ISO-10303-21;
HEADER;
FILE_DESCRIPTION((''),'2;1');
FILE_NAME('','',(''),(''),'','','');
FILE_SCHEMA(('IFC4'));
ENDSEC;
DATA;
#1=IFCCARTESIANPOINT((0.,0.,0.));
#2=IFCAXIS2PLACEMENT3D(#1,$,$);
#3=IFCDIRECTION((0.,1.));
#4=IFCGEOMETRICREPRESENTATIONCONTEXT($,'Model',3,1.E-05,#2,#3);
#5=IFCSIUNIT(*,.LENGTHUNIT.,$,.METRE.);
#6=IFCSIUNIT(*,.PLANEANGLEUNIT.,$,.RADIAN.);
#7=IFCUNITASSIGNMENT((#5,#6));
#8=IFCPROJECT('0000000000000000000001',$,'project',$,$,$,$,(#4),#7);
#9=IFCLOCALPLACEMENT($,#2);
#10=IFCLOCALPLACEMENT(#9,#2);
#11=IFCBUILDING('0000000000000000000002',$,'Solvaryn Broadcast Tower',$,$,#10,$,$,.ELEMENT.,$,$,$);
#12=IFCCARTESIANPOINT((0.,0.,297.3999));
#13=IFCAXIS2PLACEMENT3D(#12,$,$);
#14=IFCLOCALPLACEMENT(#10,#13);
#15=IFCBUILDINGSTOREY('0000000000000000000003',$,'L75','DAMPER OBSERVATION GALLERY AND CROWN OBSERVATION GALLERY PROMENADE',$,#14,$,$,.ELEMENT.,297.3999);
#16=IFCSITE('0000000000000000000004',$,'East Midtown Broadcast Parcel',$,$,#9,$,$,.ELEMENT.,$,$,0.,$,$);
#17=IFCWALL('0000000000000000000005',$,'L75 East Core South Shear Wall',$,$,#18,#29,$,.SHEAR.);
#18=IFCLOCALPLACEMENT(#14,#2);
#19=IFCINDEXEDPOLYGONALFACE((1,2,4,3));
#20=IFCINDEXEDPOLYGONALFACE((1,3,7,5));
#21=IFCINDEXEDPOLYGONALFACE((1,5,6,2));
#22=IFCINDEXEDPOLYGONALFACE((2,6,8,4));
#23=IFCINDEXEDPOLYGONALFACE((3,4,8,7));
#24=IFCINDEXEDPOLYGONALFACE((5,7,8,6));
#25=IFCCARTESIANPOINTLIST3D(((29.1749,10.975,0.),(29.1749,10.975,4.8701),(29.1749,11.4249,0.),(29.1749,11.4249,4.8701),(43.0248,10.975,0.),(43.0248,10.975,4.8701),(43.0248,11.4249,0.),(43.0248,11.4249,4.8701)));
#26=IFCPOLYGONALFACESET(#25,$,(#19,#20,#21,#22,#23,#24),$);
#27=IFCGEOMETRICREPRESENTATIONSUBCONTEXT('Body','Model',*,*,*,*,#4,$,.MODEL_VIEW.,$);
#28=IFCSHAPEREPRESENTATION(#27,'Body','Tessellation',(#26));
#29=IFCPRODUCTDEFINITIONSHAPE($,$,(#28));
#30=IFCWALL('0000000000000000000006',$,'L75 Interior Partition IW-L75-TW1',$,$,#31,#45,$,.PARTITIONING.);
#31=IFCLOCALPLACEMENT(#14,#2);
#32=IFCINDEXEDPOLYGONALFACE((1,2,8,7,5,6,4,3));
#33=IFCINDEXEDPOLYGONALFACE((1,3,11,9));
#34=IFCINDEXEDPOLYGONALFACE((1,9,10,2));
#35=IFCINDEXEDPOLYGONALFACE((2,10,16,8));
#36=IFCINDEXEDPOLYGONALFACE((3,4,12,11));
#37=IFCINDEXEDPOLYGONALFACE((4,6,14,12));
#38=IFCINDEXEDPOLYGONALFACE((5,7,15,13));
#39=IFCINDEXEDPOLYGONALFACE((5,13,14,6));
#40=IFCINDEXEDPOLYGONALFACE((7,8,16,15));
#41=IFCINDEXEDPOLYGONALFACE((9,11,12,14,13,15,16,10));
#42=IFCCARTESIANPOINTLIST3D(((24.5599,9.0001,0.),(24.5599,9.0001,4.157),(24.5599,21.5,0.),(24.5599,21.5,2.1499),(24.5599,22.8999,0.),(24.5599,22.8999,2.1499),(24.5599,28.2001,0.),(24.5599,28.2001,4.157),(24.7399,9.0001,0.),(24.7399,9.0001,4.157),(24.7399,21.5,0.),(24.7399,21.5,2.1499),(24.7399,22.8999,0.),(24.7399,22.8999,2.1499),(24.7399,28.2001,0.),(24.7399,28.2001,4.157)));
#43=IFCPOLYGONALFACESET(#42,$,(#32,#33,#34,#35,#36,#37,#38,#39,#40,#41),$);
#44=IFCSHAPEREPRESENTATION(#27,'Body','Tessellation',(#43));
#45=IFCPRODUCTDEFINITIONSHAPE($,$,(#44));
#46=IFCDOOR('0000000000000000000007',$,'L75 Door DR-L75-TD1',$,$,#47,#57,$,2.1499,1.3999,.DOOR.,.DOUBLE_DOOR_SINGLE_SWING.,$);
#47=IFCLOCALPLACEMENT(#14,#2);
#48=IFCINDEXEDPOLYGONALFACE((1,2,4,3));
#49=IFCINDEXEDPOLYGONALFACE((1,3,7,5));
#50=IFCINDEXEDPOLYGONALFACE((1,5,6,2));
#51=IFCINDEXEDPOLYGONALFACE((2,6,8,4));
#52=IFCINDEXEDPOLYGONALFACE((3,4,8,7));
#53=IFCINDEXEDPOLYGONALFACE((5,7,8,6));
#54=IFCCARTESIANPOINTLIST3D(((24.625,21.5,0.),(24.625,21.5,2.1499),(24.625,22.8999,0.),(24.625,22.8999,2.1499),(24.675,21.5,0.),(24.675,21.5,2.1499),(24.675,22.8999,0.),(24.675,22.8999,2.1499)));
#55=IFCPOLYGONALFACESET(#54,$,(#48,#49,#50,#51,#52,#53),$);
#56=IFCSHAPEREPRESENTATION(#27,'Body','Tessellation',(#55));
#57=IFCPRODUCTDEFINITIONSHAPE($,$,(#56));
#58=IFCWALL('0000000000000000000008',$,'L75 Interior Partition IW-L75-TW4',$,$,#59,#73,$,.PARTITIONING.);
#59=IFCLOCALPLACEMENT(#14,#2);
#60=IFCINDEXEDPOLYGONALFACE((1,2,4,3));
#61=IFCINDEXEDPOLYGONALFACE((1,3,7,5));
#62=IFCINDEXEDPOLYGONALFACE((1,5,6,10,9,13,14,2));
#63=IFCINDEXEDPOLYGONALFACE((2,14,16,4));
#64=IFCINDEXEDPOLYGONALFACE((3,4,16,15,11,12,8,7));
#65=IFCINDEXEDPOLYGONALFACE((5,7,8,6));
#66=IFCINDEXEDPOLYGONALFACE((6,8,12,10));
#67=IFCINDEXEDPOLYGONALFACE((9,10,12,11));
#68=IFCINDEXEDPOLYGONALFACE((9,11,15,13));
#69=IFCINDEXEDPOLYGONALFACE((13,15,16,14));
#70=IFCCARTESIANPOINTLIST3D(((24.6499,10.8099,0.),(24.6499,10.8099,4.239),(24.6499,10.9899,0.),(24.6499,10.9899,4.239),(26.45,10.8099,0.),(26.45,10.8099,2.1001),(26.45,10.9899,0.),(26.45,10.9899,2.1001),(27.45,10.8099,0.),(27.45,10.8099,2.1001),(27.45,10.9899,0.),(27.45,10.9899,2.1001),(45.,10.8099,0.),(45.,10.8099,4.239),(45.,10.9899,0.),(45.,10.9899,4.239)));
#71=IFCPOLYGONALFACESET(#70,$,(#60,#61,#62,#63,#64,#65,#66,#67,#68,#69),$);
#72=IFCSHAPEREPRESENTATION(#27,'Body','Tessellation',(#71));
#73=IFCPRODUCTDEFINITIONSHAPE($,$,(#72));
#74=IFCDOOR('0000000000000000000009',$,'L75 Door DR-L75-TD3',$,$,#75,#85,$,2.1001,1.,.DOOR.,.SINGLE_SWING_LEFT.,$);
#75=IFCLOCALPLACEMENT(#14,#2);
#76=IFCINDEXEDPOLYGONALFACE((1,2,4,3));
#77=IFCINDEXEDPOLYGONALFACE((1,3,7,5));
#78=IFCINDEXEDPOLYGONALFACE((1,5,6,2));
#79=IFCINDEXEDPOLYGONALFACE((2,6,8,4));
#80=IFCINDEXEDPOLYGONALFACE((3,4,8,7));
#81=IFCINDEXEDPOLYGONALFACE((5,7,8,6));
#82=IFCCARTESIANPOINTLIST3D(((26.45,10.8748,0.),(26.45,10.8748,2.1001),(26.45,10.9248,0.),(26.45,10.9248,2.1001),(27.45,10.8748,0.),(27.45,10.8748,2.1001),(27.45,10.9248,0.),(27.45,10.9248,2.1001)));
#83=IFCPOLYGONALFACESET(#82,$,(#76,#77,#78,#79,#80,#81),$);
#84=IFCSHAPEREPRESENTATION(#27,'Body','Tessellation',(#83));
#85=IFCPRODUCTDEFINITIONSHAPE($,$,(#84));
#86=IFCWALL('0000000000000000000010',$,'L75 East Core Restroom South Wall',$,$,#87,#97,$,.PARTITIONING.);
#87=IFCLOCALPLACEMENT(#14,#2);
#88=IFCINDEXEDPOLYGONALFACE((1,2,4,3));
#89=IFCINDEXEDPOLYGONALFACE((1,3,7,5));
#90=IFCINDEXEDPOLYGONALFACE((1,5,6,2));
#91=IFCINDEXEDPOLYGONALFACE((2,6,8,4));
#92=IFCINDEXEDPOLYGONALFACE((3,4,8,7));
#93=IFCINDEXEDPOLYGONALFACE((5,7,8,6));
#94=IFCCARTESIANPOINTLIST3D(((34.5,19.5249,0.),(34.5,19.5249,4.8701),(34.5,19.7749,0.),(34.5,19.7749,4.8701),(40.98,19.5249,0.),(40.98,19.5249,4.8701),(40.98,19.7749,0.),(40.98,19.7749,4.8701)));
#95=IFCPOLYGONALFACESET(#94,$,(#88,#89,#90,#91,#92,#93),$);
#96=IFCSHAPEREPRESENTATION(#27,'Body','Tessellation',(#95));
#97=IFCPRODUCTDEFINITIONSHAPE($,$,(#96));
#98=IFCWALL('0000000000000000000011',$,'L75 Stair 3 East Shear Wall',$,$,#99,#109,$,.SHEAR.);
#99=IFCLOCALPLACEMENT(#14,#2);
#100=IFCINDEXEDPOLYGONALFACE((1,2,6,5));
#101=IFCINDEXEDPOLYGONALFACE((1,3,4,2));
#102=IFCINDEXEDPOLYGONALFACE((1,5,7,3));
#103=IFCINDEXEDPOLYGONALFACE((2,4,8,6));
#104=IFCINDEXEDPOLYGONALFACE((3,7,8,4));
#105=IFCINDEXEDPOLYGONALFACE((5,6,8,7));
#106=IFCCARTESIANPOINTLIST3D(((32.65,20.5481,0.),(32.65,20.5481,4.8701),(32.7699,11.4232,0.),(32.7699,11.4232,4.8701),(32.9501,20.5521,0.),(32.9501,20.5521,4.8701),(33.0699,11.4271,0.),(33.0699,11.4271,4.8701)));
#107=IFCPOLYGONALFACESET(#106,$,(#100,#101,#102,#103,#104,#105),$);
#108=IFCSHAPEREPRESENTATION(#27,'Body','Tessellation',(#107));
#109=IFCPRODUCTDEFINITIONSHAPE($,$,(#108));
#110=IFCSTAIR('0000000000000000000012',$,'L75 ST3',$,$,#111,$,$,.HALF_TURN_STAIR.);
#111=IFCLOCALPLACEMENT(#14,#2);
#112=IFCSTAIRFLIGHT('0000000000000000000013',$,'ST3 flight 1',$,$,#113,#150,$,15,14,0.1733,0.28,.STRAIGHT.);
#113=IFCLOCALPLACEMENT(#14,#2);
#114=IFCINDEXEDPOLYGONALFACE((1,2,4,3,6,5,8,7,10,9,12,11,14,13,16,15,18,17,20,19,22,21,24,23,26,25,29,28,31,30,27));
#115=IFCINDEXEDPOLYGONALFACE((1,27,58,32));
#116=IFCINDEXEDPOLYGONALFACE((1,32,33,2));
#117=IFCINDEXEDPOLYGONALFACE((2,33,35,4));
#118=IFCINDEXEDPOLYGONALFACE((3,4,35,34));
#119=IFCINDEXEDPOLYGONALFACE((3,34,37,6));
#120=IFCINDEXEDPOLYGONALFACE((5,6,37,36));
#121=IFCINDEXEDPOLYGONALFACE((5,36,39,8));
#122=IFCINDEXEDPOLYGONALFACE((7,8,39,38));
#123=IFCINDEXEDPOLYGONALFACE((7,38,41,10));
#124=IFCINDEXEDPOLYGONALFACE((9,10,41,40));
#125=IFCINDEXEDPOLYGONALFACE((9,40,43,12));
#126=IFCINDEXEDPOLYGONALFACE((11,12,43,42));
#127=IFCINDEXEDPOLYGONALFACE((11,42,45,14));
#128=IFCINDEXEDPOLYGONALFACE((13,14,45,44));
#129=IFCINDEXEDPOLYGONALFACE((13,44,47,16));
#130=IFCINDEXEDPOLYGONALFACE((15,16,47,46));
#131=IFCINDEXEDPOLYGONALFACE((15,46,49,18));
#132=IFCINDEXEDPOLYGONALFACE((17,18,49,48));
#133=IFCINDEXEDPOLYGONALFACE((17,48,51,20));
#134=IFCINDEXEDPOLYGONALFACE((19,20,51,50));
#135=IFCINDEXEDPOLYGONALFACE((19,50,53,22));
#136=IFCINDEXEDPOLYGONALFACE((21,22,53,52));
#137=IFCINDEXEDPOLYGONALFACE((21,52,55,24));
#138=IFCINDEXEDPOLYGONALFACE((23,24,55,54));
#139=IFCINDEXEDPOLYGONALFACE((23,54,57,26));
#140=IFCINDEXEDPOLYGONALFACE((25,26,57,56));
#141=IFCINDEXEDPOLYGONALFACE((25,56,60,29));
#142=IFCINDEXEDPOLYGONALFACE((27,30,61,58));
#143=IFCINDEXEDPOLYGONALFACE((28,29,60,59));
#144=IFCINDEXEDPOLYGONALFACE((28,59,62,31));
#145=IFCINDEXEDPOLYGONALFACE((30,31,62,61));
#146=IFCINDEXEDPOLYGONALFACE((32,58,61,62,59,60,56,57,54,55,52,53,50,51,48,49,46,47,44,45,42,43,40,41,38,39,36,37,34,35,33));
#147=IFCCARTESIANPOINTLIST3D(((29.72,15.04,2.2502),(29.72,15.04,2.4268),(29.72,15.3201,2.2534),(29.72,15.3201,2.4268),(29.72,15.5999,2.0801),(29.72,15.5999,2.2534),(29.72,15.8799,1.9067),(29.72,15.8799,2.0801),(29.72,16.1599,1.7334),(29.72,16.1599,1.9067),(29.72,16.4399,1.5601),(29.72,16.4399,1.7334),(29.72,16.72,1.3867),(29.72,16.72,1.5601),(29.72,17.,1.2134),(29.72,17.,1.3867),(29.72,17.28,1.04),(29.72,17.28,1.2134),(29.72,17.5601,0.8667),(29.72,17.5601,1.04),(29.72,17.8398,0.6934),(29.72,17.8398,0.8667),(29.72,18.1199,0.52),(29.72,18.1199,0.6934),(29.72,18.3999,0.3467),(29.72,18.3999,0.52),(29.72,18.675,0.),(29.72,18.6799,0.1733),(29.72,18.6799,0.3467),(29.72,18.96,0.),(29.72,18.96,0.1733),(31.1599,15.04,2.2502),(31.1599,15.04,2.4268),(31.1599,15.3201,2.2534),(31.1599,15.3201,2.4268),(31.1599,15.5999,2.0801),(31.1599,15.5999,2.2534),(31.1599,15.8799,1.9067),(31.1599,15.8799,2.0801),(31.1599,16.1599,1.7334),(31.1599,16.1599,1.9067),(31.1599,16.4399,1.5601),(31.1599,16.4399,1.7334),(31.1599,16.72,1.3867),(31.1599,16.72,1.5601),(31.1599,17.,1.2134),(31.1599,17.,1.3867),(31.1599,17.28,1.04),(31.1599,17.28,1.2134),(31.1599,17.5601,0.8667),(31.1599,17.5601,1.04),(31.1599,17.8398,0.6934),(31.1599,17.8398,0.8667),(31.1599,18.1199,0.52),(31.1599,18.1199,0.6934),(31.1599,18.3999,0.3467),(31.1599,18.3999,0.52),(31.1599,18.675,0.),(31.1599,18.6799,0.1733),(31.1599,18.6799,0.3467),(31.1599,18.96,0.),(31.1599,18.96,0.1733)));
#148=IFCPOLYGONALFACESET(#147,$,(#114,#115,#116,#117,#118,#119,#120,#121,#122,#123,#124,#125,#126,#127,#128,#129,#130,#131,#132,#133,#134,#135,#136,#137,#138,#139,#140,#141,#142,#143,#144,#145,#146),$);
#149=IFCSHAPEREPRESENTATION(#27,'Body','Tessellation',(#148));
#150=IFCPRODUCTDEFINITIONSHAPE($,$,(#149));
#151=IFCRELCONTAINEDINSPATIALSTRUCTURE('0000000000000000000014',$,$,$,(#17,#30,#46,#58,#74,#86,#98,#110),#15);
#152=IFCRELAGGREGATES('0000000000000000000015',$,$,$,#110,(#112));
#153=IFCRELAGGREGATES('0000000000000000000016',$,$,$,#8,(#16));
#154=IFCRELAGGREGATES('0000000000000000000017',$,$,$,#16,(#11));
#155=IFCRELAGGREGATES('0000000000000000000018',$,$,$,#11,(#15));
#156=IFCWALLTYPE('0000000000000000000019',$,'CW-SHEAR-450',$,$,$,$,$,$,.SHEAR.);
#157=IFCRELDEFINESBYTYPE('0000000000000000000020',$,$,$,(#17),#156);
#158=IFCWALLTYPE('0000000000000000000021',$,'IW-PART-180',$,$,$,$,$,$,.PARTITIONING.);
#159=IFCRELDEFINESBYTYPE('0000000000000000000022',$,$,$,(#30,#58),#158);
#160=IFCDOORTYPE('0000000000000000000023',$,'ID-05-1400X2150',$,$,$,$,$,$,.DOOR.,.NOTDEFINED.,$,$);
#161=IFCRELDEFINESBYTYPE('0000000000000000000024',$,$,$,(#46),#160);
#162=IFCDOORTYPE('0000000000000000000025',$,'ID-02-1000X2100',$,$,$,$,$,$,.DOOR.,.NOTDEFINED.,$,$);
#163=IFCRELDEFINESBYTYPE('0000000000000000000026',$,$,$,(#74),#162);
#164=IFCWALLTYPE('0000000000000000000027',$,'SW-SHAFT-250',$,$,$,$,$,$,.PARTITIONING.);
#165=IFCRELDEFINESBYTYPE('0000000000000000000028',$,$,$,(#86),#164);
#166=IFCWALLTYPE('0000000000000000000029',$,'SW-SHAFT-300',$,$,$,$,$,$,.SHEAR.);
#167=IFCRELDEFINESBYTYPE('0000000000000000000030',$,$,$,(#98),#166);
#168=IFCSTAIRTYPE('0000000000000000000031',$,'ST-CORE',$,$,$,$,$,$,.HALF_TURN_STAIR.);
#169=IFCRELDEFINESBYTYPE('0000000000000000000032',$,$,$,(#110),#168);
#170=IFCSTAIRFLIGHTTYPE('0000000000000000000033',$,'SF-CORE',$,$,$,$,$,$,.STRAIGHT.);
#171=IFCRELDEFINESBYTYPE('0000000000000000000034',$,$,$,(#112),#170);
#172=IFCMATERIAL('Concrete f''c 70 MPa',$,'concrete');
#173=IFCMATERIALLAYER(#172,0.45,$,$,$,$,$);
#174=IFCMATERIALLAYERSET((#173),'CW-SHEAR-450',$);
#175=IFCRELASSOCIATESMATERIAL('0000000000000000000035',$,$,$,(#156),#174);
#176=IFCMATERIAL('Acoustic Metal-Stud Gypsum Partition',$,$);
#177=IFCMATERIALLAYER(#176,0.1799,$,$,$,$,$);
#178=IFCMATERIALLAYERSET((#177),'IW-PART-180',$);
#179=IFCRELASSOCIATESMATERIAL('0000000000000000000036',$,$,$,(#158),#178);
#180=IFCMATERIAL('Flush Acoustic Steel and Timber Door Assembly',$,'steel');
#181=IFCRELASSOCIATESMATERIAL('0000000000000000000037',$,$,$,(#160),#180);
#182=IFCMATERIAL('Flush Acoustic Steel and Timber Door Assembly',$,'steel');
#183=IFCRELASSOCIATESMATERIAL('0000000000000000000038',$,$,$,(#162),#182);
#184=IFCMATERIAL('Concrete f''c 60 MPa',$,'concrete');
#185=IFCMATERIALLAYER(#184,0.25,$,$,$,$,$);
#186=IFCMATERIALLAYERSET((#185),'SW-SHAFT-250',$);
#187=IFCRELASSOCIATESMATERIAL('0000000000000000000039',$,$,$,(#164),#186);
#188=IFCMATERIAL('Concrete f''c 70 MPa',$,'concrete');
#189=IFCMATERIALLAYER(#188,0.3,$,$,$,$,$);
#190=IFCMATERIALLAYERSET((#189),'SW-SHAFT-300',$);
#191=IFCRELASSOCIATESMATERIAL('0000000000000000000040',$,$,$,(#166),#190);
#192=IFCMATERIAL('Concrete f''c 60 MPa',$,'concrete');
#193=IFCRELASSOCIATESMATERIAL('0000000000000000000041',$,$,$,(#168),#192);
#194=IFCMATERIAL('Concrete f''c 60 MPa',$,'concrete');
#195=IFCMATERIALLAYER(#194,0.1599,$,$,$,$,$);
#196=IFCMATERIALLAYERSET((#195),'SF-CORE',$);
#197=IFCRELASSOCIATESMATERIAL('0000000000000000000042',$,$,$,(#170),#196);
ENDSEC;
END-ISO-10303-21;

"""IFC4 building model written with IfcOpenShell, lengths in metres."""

from ifc_helpers import new_model, si_unit, direction, frame, frame_2d, origin, place, context, subcontext, project, spatial, polyline, rectangle, outline, extrude, material, layer, layer_set, type_object, element, fill, aggregate, save


model = new_model("IFC4")

# Units and contexts
model_context = context("Model", 3, precision=1e-05, world=origin(), true_north=direction((0.0, 1.0)))
body_context = subcontext(model_context, "Body", "Model", "MODEL_VIEW")
ifc_project = project(units=[si_unit("LENGTHUNIT", "METRE"), si_unit("PLANEANGLEUNIT", "RADIAN")], contexts=[model_context])

# Site, building, storey
site_placement = place(None, origin())
site = spatial("IfcSite", under=ifc_project, at=site_placement, Name="East Midtown Broadcast Parcel", CompositionType="ELEMENT", RefElevation=0.0)
building_placement = place(site_placement, origin())
building = spatial("IfcBuilding", under=site, at=building_placement, Name="Solvaryn Broadcast Tower", CompositionType="ELEMENT")
storey_placement = place(building_placement, frame((0.0, 0.0, 297.3999)))
storey = spatial("IfcBuildingStorey", under=building, at=storey_placement, Name="L75", Description="DAMPER OBSERVATION GALLERY AND CROWN OBSERVATION GALLERY PROMENADE", CompositionType="ELEMENT", Elevation=297.3999)

# Wall
ifc_material_1 = material(Name="Concrete f'c 70 MPa", Category="concrete")
ifc_layer_1 = layer(ifc_material_1, 0.45)
ifc_layer_set_1 = layer_set([ifc_layer_1], Name="CW-SHEAR-450")
wall_type_1 = type_object("IfcWallType", Name="CW-SHEAR-450", PredefinedType="SHEAR", material=ifc_layer_set_1)
wall_1_placement = place(storey_placement, frame((29.175, 11.2, 0.0), z_axis=(0.0, 0.0, 1.0), x_axis=(1.0, 0.0, 0.0)))
element("IfcWall", 1, at=wall_1_placement, inside=storey, type_object=wall_type_1, Name="L75 East Core South Shear Wall", PredefinedType="SHEAR", context=body_context, shape_type="SweptSolid", body=[
    extrude(rectangle(XDim=13.8499, YDim=0.45, at=frame_2d((6.9248, 0.0))), origin(), (0.0, 0.0, 1.0), 4.8701),
])

# Walls, openings, doors
ifc_material_2 = material(Name="Acoustic Metal-Stud Gypsum Partition")
ifc_layer_2 = layer(ifc_material_2, 0.1799)
ifc_layer_set_2 = layer_set([ifc_layer_2], Name="IW-PART-180")
wall_type_2 = type_object("IfcWallType", Name="IW-PART-180", PredefinedType="PARTITIONING", material=ifc_layer_set_2)
wall_2_placement = place(storey_placement, frame((24.6499, 9.0, 0.0), z_axis=(0.0, 0.0, 1.0), x_axis=(0.0, 1.0, 0.0)))
wall_2 = element("IfcWall", 2, at=wall_2_placement, inside=storey, type_object=wall_type_2, Name="L75 Interior Partition IW-L75-TW1", PredefinedType="PARTITIONING", context=body_context, shape_type="SweptSolid", body=[
    extrude(rectangle(XDim=19.2, YDim=0.1799, at=frame_2d((9.6001, 0.0))), origin(), (0.0, 0.0, 1.0), 4.157),
])
opening_1_placement = place(wall_2_placement, frame((12.5, 0.0, 0.0)))
opening_1 = element("IfcOpeningElement", 3, at=opening_1_placement, cuts=wall_2, PredefinedType="OPENING", context=body_context, shape_type="SweptSolid", body=[
    extrude(rectangle(XDim=1.3999, YDim=2.1499, at=frame_2d((0.7, 1.075))), frame((0.0, 0.0999, 0.0), z_axis=(0.0, -1.0, 0.0), x_axis=(1.0, 0.0, 0.0)), (0.0, 0.0, 1.0), 0.2),
])
ifc_material_3 = material(Name="Flush Acoustic Steel and Timber Door Assembly", Category="steel")
door_type_1 = type_object("IfcDoorType", Name="ID-05-1400X2150", OperationType="NOTDEFINED", PredefinedType="DOOR", material=ifc_material_3)
door_1_placement = place(opening_1_placement, origin())
door_1 = element("IfcDoor", 4, at=door_1_placement, inside=storey, type_object=door_type_1, Name="L75 Door DR-L75-TD1", OperationType="DOUBLE_DOOR_SINGLE_SWING", OverallHeight=2.1499, OverallWidth=1.3999, PredefinedType="DOOR", context=body_context, shape_type="SweptSolid", body=[
    extrude(rectangle(XDim=1.3999, YDim=2.1499, at=frame_2d((0.7, 1.075))), frame((0.0, 0.0249, 0.0), z_axis=(0.0, -1.0, 0.0), x_axis=(1.0, 0.0, 0.0)), (0.0, 0.0, 1.0), 0.05),
])
fill(opening_1, door_1)
wall_3_placement = place(storey_placement, frame((24.6499, 10.8999, 0.0), z_axis=(0.0, 0.0, 1.0), x_axis=(1.0, 0.0, 0.0)))
wall_3 = element("IfcWall", 5, at=wall_3_placement, inside=storey, type_object=wall_type_2, Name="L75 Interior Partition IW-L75-TW4", PredefinedType="PARTITIONING", context=body_context, shape_type="SweptSolid", body=[
    extrude(rectangle(XDim=20.3501, YDim=0.1799, at=frame_2d((10.175, 0.0))), origin(), (0.0, 0.0, 1.0), 4.239),
])
opening_2_placement = place(wall_3_placement, frame((1.8, 0.0, 0.0)))
opening_2 = element("IfcOpeningElement", 6, at=opening_2_placement, cuts=wall_3, PredefinedType="OPENING", context=body_context, shape_type="SweptSolid", body=[
    extrude(rectangle(XDim=1.0, YDim=2.1001, at=frame_2d((0.5, 1.05))), frame((0.0, 0.0999, 0.0), z_axis=(0.0, -1.0, 0.0), x_axis=(1.0, 0.0, 0.0)), (0.0, 0.0, 1.0), 0.2),
])
ifc_material_4 = material(Name="Flush Acoustic Steel and Timber Door Assembly", Category="steel")
door_type_2 = type_object("IfcDoorType", Name="ID-02-1000X2100", OperationType="NOTDEFINED", PredefinedType="DOOR", material=ifc_material_4)
door_2_placement = place(opening_2_placement, origin())
door_2 = element("IfcDoor", 7, at=door_2_placement, inside=storey, type_object=door_type_2, Name="L75 Door DR-L75-TD3", OperationType="SINGLE_SWING_LEFT", OverallHeight=2.1001, OverallWidth=1.0, PredefinedType="DOOR", context=body_context, shape_type="SweptSolid", body=[
    extrude(rectangle(XDim=1.0, YDim=2.1001, at=frame_2d((0.5, 1.05))), frame((0.0, 0.0249, 0.0), z_axis=(0.0, -1.0, 0.0), x_axis=(1.0, 0.0, 0.0)), (0.0, 0.0, 1.0), 0.05),
])
fill(opening_2, door_2)

# Walls
ifc_material_5 = material(Name="Concrete f'c 60 MPa", Category="concrete")
ifc_layer_3 = layer(ifc_material_5, 0.25)
ifc_layer_set_3 = layer_set([ifc_layer_3], Name="SW-SHAFT-250")
wall_type_3 = type_object("IfcWallType", Name="SW-SHAFT-250", PredefinedType="PARTITIONING", material=ifc_layer_set_3)
wall_4_placement = place(storey_placement, frame((34.5, 19.6499, 0.0), z_axis=(0.0, 0.0, 1.0), x_axis=(1.0, 0.0, 0.0)))
element("IfcWall", 8, at=wall_4_placement, inside=storey, type_object=wall_type_3, Name="L75 East Core Restroom South Wall", PredefinedType="PARTITIONING", context=body_context, shape_type="SweptSolid", body=[
    extrude(rectangle(XDim=6.48, YDim=0.25, at=frame_2d((3.24, 0.0))), origin(), (0.0, 0.0, 1.0), 4.8701),
])
ifc_material_6 = material(Name="Concrete f'c 70 MPa", Category="concrete")
ifc_layer_4 = layer(ifc_material_6, 0.3)
ifc_layer_set_4 = layer_set([ifc_layer_4], Name="SW-SHAFT-300")
wall_type_4 = type_object("IfcWallType", Name="SW-SHAFT-300", PredefinedType="SHEAR", material=ifc_layer_set_4)
wall_5_placement = place(storey_placement, frame((32.9199, 11.425, 0.0), z_axis=(0.0, 0.0, 1.0), x_axis=(-0.013136, 0.999914, 0.0)))
element("IfcWall", 9, at=wall_5_placement, inside=storey, type_object=wall_type_4, Name="L75 Stair 3 East Shear Wall", PredefinedType="SHEAR", context=body_context, shape_type="SweptSolid", body=[
    extrude(rectangle(XDim=9.1257, YDim=0.3, at=frame_2d((4.563, 0.0))), origin(), (0.0, 0.0, 1.0), 4.8701),
])

# Stair, stair flight
ifc_material_7 = material(Name="Concrete f'c 60 MPa", Category="concrete")
stair_type = type_object("IfcStairType", Name="ST-CORE", PredefinedType="HALF_TURN_STAIR", material=ifc_material_7)
stair_placement = place(storey_placement, origin())
stair = element("IfcStair", 10, at=stair_placement, inside=storey, type_object=stair_type, Name="L75 ST3", PredefinedType="HALF_TURN_STAIR")
ifc_material_8 = material(Name="Concrete f'c 60 MPa", Category="concrete")
ifc_layer_5 = layer(ifc_material_8, 0.1599)
ifc_layer_set_5 = layer_set([ifc_layer_5], Name="SF-CORE")
stair_flight_type = type_object("IfcStairFlightType", Name="SF-CORE", PredefinedType="STRAIGHT", material=ifc_layer_set_5)
stair_flight_1_placement = place(storey_placement, frame((30.4399, 18.96, 0.0), z_axis=(0.0, 0.0, 1.0), x_axis=(0.0, -1.0, 0.0)))
stair_flight_1 = element("IfcStairFlight", 11, at=stair_flight_1_placement, type_object=stair_flight_type, Name="ST3 flight 1", NumberOfRisers=15, NumberOfTreads=14, PredefinedType="STRAIGHT", RiserHeight=0.1733, TreadLength=0.28, context=body_context, shape_type="SweptSolid", body=[
    extrude(outline(polyline([(0.0, 0.0), (0.0, 0.1733), (0.28, 0.1733), (0.28, 0.3467), (0.5601, 0.3467), (0.5601, 0.52), (0.8401, 0.52), (0.8401, 0.6934), (1.1201, 0.6934), (1.1201, 0.8667), (1.3999, 0.8667), (1.3999, 1.04), (1.6799, 1.04), (1.6799, 1.2134), (1.96, 1.2134), (1.96, 1.3867), (2.24, 1.3867), (2.24, 1.5601), (2.52, 1.5601), (2.52, 1.7334), (2.8, 1.7334), (2.8, 1.9067), (3.0801, 1.9067), (3.0801, 2.0801), (3.3601, 2.0801), (3.3601, 2.2534), (3.6399, 2.2534), (3.6399, 2.4268), (3.9199, 2.4268), (3.9199, 2.6001), (3.9199, 2.2502), (0.2849, 0.0), (0.0, 0.0)])), frame((0.0, 0.72, 0.0), z_axis=(0.0, -1.0, 0.0), x_axis=(1.0, 0.0, 0.0)), (0.0, 0.0, 1.0), 1.4399),
])
aggregate(stair, [stair_flight_1])

save(model, "model.ifc")
